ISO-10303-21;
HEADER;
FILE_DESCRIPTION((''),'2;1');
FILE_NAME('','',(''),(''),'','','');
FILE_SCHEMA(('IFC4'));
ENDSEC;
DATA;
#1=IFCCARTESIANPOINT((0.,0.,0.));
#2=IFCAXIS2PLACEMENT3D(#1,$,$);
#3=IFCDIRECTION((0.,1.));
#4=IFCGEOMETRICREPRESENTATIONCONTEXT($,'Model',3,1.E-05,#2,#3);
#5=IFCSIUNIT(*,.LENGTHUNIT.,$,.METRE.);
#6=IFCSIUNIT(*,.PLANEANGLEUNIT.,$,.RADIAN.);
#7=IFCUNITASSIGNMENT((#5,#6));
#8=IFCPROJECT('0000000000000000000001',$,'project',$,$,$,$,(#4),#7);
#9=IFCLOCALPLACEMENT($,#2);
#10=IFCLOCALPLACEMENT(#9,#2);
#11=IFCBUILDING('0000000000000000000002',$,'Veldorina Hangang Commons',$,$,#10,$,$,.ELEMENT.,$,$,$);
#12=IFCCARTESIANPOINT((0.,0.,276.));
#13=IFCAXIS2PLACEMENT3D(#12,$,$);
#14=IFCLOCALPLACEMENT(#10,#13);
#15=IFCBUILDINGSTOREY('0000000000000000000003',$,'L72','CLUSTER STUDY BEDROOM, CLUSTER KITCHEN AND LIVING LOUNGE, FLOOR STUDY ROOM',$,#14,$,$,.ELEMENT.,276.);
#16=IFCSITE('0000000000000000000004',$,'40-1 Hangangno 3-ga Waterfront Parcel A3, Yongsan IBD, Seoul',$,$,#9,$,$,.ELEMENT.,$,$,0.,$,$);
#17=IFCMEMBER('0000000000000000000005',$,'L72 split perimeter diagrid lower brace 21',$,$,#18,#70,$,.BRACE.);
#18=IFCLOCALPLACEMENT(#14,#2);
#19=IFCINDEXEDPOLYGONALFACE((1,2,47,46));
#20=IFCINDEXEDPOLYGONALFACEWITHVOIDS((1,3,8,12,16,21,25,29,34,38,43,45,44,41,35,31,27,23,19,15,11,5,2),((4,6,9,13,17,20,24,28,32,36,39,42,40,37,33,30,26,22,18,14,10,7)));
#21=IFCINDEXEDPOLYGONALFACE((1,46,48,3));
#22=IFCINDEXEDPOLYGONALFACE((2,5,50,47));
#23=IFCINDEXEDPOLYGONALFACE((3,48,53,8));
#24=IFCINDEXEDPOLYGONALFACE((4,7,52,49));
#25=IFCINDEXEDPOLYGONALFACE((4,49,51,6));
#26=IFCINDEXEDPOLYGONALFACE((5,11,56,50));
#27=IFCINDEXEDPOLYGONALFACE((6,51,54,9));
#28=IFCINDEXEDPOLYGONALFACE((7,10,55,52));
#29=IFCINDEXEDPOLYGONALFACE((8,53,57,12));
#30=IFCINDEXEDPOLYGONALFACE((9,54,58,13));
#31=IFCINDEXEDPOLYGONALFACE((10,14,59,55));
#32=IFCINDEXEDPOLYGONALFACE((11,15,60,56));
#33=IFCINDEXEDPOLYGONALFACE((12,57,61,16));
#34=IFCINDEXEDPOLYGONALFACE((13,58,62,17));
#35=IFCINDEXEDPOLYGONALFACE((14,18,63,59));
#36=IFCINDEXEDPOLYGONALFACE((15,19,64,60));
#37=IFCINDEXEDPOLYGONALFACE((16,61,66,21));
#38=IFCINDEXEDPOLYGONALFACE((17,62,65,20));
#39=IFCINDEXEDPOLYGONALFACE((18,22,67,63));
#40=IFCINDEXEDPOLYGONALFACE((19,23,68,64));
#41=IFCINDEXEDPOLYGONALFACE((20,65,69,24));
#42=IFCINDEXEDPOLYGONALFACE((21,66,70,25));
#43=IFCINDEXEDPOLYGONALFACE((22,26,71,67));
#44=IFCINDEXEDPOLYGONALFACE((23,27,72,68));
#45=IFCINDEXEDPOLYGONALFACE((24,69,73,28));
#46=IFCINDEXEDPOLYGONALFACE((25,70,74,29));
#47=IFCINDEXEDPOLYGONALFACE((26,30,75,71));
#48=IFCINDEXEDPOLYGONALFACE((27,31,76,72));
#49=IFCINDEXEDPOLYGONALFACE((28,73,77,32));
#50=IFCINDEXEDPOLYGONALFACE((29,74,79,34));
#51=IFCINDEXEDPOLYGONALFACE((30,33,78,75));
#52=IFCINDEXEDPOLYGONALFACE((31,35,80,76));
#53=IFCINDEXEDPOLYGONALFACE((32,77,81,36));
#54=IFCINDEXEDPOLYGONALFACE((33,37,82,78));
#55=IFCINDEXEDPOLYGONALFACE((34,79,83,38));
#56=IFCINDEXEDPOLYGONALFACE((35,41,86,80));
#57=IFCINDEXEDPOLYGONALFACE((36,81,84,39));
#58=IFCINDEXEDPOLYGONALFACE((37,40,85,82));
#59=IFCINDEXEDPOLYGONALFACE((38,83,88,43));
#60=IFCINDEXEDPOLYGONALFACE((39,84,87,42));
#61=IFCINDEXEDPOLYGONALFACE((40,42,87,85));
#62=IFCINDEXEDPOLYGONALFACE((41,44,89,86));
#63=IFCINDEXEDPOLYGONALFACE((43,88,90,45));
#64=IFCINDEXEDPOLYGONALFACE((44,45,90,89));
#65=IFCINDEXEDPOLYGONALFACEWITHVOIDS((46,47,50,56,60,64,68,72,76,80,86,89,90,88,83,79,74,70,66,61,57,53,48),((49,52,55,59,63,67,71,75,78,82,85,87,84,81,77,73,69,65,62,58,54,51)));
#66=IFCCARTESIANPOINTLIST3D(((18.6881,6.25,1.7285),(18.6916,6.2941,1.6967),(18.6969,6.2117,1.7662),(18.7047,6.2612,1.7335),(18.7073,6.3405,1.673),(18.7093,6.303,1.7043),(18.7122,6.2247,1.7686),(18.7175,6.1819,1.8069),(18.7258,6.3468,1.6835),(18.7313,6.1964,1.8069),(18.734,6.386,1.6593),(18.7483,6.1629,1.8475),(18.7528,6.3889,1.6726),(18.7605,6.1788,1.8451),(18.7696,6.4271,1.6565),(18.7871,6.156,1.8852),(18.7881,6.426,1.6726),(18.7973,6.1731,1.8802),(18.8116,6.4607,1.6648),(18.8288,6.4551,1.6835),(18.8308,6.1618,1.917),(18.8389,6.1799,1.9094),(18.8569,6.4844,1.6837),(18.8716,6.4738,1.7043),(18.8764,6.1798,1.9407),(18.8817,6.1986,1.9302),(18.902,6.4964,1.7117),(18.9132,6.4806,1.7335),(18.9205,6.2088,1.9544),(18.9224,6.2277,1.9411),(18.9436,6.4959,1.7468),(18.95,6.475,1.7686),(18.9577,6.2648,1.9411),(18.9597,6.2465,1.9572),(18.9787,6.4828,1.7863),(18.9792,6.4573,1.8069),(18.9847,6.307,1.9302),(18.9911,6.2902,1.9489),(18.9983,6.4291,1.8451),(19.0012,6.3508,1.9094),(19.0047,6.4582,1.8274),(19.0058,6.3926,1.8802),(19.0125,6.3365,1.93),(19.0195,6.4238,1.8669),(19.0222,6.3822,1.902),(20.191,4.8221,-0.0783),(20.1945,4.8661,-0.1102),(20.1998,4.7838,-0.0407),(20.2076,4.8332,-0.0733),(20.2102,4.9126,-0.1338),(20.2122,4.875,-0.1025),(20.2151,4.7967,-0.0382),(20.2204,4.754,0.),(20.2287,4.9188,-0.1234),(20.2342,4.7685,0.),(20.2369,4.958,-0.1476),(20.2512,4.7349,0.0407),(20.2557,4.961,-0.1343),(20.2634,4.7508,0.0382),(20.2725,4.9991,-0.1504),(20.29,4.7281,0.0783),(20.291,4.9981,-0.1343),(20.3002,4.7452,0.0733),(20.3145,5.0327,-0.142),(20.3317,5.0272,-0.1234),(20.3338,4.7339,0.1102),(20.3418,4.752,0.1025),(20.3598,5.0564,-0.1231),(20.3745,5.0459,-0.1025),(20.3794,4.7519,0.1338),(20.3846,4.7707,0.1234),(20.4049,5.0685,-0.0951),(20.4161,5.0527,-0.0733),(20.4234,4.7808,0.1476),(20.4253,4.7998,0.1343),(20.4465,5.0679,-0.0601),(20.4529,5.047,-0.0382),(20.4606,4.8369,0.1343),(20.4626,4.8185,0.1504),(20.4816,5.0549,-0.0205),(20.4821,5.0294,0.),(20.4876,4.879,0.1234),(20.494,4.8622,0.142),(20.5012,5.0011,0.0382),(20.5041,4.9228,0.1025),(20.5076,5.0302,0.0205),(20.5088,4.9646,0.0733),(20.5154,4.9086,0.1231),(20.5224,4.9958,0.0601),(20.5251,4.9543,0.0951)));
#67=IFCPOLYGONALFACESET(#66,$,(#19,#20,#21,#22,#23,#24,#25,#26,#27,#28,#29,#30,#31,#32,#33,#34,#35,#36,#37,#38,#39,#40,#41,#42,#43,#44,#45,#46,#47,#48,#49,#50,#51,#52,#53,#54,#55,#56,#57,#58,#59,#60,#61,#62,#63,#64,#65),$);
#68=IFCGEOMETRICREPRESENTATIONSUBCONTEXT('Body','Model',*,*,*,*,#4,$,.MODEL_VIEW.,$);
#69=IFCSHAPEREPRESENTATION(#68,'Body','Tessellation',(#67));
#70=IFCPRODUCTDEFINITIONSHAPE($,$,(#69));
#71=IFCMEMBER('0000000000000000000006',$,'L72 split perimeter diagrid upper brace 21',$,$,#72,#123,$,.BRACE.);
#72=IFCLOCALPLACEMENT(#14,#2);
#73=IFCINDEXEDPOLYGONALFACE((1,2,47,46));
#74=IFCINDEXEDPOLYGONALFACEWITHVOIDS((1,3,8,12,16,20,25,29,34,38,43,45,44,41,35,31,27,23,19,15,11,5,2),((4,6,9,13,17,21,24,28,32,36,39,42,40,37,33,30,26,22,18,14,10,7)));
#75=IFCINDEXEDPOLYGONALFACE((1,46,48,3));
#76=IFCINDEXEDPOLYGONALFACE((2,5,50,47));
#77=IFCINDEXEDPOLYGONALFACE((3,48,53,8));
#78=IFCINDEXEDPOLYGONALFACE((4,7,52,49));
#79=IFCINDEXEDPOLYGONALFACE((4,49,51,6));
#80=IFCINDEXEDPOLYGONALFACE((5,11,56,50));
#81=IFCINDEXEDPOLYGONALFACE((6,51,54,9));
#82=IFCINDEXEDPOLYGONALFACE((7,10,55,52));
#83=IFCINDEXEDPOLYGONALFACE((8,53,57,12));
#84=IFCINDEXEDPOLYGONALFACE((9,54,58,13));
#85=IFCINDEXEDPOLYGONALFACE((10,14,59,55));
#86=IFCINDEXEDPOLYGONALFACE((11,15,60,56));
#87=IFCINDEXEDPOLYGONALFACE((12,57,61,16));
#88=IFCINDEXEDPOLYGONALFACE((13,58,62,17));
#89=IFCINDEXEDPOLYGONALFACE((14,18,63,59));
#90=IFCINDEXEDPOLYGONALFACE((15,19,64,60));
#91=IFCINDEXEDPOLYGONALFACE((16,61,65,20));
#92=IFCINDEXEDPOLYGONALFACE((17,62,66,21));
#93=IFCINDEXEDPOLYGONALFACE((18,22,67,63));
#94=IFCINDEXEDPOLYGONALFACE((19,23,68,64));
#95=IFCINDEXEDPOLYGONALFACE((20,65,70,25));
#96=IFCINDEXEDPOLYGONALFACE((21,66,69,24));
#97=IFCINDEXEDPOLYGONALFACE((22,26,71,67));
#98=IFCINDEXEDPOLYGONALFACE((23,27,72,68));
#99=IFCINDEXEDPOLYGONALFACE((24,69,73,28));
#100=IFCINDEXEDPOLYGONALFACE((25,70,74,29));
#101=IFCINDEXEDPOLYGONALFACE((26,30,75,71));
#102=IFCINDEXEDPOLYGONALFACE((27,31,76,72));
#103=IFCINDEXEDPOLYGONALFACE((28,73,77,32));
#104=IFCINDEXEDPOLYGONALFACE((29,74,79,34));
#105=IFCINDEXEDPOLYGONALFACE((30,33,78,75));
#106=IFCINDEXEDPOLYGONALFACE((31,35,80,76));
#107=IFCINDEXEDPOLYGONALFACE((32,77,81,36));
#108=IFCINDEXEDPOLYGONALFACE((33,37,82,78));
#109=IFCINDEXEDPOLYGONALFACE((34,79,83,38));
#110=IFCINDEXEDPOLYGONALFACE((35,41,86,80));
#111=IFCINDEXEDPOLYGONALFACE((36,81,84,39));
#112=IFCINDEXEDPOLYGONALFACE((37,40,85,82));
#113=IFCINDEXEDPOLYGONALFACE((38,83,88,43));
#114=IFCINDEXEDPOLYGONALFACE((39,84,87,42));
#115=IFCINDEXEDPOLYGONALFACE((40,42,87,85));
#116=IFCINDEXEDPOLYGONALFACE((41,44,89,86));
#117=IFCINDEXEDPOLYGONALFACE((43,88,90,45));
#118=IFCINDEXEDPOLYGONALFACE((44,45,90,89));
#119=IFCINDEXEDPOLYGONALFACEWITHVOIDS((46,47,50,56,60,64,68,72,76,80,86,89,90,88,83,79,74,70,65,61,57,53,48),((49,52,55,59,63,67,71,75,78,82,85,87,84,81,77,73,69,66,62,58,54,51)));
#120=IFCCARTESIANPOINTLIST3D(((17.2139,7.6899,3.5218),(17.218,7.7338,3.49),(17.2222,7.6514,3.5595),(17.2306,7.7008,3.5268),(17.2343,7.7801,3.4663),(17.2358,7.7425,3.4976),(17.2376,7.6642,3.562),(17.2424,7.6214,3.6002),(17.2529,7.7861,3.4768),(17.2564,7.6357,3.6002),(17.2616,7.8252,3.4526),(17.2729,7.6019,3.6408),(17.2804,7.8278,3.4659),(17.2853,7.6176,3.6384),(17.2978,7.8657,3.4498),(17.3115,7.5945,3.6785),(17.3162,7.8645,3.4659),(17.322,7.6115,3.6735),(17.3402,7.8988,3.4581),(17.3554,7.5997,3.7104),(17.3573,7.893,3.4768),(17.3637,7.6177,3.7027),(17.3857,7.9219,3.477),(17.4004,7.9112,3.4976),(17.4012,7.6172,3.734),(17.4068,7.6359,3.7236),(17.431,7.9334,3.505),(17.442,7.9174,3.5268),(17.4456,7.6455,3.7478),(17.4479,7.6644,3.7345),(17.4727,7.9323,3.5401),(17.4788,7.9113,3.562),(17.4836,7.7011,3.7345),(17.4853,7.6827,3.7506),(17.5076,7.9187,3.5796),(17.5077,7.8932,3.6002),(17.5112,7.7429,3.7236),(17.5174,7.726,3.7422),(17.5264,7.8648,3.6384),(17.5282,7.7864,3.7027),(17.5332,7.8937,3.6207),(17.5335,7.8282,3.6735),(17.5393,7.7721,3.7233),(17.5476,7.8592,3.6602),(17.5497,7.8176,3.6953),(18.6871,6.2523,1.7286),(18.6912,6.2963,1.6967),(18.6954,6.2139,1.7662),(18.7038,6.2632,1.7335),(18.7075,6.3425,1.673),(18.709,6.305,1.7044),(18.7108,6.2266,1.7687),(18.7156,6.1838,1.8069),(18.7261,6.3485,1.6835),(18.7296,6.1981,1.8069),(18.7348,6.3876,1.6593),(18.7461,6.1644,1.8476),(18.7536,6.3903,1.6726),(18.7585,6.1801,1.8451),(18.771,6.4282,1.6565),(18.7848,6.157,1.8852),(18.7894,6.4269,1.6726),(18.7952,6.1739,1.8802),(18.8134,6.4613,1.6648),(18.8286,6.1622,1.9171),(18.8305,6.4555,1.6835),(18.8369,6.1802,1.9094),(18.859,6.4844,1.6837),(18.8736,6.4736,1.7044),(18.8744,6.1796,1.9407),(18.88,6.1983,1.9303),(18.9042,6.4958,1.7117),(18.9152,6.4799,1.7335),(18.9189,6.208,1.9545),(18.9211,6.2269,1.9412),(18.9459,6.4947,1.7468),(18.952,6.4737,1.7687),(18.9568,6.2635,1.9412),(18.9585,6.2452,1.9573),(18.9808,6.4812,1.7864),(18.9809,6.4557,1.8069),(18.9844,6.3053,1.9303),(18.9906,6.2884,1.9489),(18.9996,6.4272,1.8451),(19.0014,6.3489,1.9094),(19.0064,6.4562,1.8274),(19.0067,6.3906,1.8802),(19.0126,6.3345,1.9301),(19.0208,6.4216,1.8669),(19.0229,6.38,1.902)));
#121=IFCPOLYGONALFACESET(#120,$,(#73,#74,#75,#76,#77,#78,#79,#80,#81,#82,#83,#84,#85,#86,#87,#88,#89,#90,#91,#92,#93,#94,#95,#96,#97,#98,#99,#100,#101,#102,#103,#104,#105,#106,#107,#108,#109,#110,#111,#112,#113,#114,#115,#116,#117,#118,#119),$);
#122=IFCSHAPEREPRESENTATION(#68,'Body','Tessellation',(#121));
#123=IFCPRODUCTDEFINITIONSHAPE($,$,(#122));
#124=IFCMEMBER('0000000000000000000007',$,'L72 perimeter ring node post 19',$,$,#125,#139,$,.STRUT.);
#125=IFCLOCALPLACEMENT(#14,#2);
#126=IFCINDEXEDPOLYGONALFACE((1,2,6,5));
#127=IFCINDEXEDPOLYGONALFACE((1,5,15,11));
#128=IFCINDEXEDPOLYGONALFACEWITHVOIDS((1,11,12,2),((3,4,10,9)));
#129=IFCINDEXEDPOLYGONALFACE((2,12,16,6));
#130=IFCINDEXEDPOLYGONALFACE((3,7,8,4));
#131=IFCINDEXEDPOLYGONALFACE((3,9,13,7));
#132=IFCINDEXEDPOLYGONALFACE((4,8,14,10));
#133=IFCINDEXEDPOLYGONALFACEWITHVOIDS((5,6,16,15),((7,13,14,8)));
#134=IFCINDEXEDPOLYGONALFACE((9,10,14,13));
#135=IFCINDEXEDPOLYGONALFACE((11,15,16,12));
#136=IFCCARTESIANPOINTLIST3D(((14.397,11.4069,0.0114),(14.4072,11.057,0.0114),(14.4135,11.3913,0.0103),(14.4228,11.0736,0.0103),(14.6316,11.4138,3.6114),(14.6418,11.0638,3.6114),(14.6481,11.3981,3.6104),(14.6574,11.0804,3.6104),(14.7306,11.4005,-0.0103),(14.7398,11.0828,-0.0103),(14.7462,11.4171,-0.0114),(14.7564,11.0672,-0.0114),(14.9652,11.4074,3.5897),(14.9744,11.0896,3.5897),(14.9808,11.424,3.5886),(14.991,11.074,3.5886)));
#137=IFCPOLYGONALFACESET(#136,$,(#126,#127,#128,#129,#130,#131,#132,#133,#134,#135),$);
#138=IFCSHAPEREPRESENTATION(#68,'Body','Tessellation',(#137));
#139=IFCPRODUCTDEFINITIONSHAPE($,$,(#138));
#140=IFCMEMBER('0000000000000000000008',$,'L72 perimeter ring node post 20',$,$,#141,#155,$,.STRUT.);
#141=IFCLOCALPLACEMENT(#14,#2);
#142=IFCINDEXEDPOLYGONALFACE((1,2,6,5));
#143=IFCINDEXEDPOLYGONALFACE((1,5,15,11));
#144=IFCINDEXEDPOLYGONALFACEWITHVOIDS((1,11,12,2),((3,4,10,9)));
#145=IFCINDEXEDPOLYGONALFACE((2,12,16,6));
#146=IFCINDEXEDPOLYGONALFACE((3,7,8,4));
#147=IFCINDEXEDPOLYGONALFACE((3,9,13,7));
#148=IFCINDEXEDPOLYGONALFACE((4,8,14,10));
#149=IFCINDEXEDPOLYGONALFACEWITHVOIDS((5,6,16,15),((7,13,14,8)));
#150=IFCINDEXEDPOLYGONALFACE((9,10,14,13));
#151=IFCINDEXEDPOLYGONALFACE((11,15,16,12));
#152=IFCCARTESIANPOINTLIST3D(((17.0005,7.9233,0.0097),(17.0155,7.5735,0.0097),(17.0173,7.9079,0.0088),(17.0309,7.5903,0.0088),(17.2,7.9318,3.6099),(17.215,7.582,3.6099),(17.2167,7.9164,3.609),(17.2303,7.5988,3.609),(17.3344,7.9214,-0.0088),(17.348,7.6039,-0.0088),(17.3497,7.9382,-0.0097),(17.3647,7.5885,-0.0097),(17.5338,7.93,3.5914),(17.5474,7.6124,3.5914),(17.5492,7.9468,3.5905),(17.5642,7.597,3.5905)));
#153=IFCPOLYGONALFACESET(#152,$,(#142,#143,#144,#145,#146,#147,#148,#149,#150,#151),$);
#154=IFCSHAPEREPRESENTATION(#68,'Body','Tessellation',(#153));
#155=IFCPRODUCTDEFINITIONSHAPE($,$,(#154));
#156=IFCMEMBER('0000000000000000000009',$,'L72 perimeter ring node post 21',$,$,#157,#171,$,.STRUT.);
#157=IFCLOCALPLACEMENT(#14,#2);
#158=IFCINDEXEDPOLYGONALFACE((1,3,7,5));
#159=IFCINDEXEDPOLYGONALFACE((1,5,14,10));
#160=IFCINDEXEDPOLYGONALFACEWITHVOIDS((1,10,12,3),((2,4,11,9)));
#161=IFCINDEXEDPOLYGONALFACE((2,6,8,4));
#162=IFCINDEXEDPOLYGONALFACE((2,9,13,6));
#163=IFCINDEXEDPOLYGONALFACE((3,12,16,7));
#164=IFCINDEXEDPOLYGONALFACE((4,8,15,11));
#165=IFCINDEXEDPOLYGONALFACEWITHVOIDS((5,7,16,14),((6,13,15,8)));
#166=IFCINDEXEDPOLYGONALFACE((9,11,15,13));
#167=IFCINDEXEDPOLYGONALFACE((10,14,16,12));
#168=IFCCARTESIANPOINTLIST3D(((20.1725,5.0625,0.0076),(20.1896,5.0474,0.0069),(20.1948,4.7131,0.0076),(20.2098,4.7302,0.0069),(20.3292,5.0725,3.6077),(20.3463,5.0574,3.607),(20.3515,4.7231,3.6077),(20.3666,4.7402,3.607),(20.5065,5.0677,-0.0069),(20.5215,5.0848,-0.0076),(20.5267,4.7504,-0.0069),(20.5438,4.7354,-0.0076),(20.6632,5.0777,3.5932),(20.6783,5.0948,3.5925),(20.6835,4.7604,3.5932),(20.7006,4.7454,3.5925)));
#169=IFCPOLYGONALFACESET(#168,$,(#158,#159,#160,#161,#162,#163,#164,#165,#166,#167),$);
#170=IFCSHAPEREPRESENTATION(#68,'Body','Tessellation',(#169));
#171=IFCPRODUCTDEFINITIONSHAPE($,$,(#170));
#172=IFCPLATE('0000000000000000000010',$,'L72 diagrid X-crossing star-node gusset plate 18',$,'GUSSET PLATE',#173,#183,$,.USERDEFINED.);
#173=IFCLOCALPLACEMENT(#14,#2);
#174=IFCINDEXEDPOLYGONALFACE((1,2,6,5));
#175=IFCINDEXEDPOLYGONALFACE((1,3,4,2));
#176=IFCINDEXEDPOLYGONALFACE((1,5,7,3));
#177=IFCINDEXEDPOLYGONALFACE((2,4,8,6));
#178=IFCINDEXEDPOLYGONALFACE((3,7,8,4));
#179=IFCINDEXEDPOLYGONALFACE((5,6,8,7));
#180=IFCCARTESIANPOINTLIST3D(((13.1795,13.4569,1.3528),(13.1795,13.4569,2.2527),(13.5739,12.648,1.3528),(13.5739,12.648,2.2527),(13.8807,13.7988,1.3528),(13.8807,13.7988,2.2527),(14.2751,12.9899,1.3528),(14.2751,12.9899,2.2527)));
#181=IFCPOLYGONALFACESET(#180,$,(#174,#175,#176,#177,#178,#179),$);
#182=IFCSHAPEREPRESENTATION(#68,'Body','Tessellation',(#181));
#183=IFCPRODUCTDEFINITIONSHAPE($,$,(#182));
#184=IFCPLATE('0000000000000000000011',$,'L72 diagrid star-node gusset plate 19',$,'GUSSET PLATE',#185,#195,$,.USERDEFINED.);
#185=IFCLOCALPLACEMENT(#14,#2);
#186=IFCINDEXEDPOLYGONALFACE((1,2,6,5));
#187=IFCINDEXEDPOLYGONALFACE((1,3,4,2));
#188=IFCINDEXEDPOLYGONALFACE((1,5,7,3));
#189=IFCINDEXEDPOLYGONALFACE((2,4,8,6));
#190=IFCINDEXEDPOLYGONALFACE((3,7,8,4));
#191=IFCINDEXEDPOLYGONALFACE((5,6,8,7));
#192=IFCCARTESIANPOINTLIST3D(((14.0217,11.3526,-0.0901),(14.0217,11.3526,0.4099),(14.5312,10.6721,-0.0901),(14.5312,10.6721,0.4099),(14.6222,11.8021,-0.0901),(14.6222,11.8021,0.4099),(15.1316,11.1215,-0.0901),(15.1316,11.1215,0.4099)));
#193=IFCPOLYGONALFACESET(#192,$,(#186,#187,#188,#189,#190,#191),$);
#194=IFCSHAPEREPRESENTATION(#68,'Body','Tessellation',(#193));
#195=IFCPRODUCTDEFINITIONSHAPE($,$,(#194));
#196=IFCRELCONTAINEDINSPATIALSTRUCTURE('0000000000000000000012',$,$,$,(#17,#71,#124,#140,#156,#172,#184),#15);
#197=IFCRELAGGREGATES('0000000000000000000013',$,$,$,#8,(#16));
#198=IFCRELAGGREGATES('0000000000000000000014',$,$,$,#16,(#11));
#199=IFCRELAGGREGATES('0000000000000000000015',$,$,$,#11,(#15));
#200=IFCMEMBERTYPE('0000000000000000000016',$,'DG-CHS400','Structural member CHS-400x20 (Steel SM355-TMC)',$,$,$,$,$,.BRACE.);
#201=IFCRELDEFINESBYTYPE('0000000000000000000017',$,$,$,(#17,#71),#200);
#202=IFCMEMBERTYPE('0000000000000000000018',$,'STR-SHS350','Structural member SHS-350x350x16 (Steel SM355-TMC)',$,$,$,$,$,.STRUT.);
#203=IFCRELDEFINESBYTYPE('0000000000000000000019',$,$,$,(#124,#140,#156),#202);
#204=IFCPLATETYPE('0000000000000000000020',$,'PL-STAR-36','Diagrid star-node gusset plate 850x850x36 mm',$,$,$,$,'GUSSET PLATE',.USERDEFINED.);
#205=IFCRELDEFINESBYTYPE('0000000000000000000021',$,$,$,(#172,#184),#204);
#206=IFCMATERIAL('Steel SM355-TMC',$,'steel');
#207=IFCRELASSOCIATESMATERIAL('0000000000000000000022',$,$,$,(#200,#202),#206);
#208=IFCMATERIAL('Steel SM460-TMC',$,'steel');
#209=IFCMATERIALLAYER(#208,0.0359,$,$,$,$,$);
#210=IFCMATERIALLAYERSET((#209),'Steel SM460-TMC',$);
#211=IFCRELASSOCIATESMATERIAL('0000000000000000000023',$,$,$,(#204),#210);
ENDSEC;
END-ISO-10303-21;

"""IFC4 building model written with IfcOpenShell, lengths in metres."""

from ifc_helpers import new_model, si_unit, direction, frame, origin, origin_2d, place, context, subcontext, project, spatial, rectangle, hollow_rectangle, hollow_circle, extrude, material, layer, layer_set, material_profile, profile_set, type_object, element, save


model = new_model("IFC4")

# Units and contexts
model_context = context("Model", 3, precision=1e-05, world=origin(), true_north=direction((0.0, 1.0)))
body_context = subcontext(model_context, "Body", "Model", "MODEL_VIEW")
ifc_project = project(units=[si_unit("LENGTHUNIT", "METRE"), si_unit("PLANEANGLEUNIT", "RADIAN")], contexts=[model_context])

# Site, building, storey
site_placement = place(None, origin())
site = spatial("IfcSite", under=ifc_project, at=site_placement, Name="40-1 Hangangno 3-ga Waterfront Parcel A3, Yongsan IBD, Seoul", CompositionType="ELEMENT", RefElevation=0.0)
building_placement = place(site_placement, origin())
building = spatial("IfcBuilding", under=site, at=building_placement, Name="Veldorina Hangang Commons", CompositionType="ELEMENT")
storey_placement = place(building_placement, frame((0.0, 0.0, 276.0)))
storey = spatial("IfcBuildingStorey", under=building, at=storey_placement, Name="L72", Description="CLUSTER STUDY BEDROOM, CLUSTER KITCHEN AND LIVING LOUNGE, FLOOR STUDY ROOM", CompositionType="ELEMENT", Elevation=276.0)

# Shared definitions
ifc_material_1 = material(Name="Steel SM355-TMC", Category="steel")

# Members
ifc_material_profile_1 = material_profile(ifc_material_1, hollow_circle(Radius=0.2, WallThickness=0.02, at=origin_2d()), Name="CHS-400x20")
ifc_profile_set_1 = profile_set([ifc_material_profile_1], Name="Steel SM355-TMC")
member_type_1 = type_object("IfcMemberType", Name="DG-CHS400", Description="Structural member CHS-400x20 (Steel SM355-TMC)", PredefinedType="BRACE", material=ifc_profile_set_1)
member_1_placement = place(storey_placement, frame((20.3582, 4.8989, 0.0), z_axis=(-0.546511, 0.519256, 0.657038), x_axis=(-0.688799, -0.724952, 0.0)))
element("IfcMember", 1, at=member_1_placement, inside=storey, type_object=member_type_1, Name="L72 split perimeter diagrid lower brace 21", PredefinedType="BRACE", context=body_context, shape_type="SweptSolid", body=[
    extrude(hollow_circle(Radius=0.2, WallThickness=0.02, at=origin_2d()), origin(), (0.0, 0.0, 1.0), 2.75),
])
member_2_placement = place(storey_placement, frame((18.8552, 6.3269, 1.8069), z_axis=(-0.53964, 0.526582, 0.656887), x_axis=(-0.698395, -0.715713, 0.0)))
element("IfcMember", 2, at=member_2_placement, inside=storey, type_object=member_type_1, Name="L72 split perimeter diagrid upper brace 21", PredefinedType="BRACE", context=body_context, shape_type="SweptSolid", body=[
    extrude(hollow_circle(Radius=0.2, WallThickness=0.02, at=origin_2d()), origin(), (0.0, 0.0, 1.0), 2.73),
])
ifc_material_profile_2 = material_profile(ifc_material_1, hollow_rectangle(XDim=0.3501, YDim=0.3501, WallThickness=0.0161, at=origin_2d()), Name="SHS-350x350x16")
ifc_profile_set_2 = profile_set([ifc_material_profile_2], Name="Steel SM355-TMC")
member_type_2 = type_object("IfcMemberType", Name="STR-SHS350", Description="Structural member SHS-350x350x16 (Steel SM355-TMC)", PredefinedType="STRUT", material=ifc_profile_set_2)
member_3_placement = place(storey_placement, frame((14.5767, 11.2371, 0.0), z_axis=(0.065032, 0.001895, 0.997881), x_axis=(-0.029124, 0.999576, 0.0)))
element("IfcMember", 3, at=member_3_placement, inside=storey, type_object=member_type_2, Name="L72 perimeter ring node post 19", PredefinedType="STRUT", context=body_context, shape_type="SweptSolid", body=[
    extrude(hollow_rectangle(XDim=0.3501, YDim=0.3501, WallThickness=0.0161, at=origin_2d()), origin(), (0.0, 0.0, 1.0), 3.6077),
])
member_4_placement = place(storey_placement, frame((17.1826, 7.7559, 0.0), z_axis=(0.05532, 0.00237, 0.998466), x_axis=(-0.0428, 0.999084, 0.0)))
element("IfcMember", 4, at=member_4_placement, inside=storey, type_object=member_type_2, Name="L72 perimeter ring node post 20", PredefinedType="STRUT", context=body_context, shape_type="SweptSolid", body=[
    extrude(hollow_rectangle(XDim=0.3501, YDim=0.3501, WallThickness=0.0161, at=origin_2d()), origin(), (0.0, 0.0, 1.0), 3.6057),
])
member_5_placement = place(storey_placement, frame((20.3582, 4.8989, 0.0), z_axis=(0.043496, 0.002778, 0.99905), x_axis=(-0.063733, 0.997967, 0.0)))
element("IfcMember", 5, at=member_5_placement, inside=storey, type_object=member_type_2, Name="L72 perimeter ring node post 21", PredefinedType="STRUT", context=body_context, shape_type="SweptSolid", body=[
    extrude(hollow_rectangle(XDim=0.3501, YDim=0.3501, WallThickness=0.0161, at=origin_2d()), origin(), (0.0, 0.0, 1.0), 3.6035),
])

# Plates
ifc_material_2 = material(Name="Steel SM460-TMC", Category="steel")
ifc_layer_1 = layer(ifc_material_2, 0.0359)
ifc_layer_set_1 = layer_set([ifc_layer_1], Name="Steel SM460-TMC")
plate_type = type_object("IfcPlateType", Name="PL-STAR-36", Description="Diagrid star-node gusset plate 850x850x36 mm", ElementType="GUSSET PLATE", PredefinedType="USERDEFINED", material=ifc_layer_set_1)
plate_1_placement = place(storey_placement, frame((13.7273, 13.2234, 1.3528), z_axis=(0.0, 0.0, 1.0), x_axis=(0.438246, -0.898855, 0.0)))
element("IfcPlate", 6, at=plate_1_placement, inside=storey, type_object=plate_type, Name="L72 diagrid X-crossing star-node gusset plate 18", ObjectType="GUSSET PLATE", PredefinedType="USERDEFINED", context=body_context, shape_type="SweptSolid", body=[
    extrude(rectangle(XDim=0.8999, YDim=0.78, at=origin_2d()), origin(), (0.0, 0.0, 1.0), 0.8999),
])
for number, where, z_axis, x_axis, name in (
    (7, (14.5767, 11.2371, -0.0901), (0.0, 0.0, 1.0), (0.599261, -0.800554, 0.0), "L72 diagrid star-node gusset plate 19"),
):
    element("IfcPlate", number, at=place(storey_placement, frame(where, z_axis=z_axis, x_axis=x_axis)), inside=storey, type_object=plate_type, Name=name, ObjectType="GUSSET PLATE", PredefinedType="USERDEFINED", context=body_context, shape_type="SweptSolid", body=[
        extrude(rectangle(XDim=0.8501, YDim=0.75, at=origin_2d()), origin(), (0.0, 0.0, 1.0), 0.5),
    ])

save(model, "model.ifc")
